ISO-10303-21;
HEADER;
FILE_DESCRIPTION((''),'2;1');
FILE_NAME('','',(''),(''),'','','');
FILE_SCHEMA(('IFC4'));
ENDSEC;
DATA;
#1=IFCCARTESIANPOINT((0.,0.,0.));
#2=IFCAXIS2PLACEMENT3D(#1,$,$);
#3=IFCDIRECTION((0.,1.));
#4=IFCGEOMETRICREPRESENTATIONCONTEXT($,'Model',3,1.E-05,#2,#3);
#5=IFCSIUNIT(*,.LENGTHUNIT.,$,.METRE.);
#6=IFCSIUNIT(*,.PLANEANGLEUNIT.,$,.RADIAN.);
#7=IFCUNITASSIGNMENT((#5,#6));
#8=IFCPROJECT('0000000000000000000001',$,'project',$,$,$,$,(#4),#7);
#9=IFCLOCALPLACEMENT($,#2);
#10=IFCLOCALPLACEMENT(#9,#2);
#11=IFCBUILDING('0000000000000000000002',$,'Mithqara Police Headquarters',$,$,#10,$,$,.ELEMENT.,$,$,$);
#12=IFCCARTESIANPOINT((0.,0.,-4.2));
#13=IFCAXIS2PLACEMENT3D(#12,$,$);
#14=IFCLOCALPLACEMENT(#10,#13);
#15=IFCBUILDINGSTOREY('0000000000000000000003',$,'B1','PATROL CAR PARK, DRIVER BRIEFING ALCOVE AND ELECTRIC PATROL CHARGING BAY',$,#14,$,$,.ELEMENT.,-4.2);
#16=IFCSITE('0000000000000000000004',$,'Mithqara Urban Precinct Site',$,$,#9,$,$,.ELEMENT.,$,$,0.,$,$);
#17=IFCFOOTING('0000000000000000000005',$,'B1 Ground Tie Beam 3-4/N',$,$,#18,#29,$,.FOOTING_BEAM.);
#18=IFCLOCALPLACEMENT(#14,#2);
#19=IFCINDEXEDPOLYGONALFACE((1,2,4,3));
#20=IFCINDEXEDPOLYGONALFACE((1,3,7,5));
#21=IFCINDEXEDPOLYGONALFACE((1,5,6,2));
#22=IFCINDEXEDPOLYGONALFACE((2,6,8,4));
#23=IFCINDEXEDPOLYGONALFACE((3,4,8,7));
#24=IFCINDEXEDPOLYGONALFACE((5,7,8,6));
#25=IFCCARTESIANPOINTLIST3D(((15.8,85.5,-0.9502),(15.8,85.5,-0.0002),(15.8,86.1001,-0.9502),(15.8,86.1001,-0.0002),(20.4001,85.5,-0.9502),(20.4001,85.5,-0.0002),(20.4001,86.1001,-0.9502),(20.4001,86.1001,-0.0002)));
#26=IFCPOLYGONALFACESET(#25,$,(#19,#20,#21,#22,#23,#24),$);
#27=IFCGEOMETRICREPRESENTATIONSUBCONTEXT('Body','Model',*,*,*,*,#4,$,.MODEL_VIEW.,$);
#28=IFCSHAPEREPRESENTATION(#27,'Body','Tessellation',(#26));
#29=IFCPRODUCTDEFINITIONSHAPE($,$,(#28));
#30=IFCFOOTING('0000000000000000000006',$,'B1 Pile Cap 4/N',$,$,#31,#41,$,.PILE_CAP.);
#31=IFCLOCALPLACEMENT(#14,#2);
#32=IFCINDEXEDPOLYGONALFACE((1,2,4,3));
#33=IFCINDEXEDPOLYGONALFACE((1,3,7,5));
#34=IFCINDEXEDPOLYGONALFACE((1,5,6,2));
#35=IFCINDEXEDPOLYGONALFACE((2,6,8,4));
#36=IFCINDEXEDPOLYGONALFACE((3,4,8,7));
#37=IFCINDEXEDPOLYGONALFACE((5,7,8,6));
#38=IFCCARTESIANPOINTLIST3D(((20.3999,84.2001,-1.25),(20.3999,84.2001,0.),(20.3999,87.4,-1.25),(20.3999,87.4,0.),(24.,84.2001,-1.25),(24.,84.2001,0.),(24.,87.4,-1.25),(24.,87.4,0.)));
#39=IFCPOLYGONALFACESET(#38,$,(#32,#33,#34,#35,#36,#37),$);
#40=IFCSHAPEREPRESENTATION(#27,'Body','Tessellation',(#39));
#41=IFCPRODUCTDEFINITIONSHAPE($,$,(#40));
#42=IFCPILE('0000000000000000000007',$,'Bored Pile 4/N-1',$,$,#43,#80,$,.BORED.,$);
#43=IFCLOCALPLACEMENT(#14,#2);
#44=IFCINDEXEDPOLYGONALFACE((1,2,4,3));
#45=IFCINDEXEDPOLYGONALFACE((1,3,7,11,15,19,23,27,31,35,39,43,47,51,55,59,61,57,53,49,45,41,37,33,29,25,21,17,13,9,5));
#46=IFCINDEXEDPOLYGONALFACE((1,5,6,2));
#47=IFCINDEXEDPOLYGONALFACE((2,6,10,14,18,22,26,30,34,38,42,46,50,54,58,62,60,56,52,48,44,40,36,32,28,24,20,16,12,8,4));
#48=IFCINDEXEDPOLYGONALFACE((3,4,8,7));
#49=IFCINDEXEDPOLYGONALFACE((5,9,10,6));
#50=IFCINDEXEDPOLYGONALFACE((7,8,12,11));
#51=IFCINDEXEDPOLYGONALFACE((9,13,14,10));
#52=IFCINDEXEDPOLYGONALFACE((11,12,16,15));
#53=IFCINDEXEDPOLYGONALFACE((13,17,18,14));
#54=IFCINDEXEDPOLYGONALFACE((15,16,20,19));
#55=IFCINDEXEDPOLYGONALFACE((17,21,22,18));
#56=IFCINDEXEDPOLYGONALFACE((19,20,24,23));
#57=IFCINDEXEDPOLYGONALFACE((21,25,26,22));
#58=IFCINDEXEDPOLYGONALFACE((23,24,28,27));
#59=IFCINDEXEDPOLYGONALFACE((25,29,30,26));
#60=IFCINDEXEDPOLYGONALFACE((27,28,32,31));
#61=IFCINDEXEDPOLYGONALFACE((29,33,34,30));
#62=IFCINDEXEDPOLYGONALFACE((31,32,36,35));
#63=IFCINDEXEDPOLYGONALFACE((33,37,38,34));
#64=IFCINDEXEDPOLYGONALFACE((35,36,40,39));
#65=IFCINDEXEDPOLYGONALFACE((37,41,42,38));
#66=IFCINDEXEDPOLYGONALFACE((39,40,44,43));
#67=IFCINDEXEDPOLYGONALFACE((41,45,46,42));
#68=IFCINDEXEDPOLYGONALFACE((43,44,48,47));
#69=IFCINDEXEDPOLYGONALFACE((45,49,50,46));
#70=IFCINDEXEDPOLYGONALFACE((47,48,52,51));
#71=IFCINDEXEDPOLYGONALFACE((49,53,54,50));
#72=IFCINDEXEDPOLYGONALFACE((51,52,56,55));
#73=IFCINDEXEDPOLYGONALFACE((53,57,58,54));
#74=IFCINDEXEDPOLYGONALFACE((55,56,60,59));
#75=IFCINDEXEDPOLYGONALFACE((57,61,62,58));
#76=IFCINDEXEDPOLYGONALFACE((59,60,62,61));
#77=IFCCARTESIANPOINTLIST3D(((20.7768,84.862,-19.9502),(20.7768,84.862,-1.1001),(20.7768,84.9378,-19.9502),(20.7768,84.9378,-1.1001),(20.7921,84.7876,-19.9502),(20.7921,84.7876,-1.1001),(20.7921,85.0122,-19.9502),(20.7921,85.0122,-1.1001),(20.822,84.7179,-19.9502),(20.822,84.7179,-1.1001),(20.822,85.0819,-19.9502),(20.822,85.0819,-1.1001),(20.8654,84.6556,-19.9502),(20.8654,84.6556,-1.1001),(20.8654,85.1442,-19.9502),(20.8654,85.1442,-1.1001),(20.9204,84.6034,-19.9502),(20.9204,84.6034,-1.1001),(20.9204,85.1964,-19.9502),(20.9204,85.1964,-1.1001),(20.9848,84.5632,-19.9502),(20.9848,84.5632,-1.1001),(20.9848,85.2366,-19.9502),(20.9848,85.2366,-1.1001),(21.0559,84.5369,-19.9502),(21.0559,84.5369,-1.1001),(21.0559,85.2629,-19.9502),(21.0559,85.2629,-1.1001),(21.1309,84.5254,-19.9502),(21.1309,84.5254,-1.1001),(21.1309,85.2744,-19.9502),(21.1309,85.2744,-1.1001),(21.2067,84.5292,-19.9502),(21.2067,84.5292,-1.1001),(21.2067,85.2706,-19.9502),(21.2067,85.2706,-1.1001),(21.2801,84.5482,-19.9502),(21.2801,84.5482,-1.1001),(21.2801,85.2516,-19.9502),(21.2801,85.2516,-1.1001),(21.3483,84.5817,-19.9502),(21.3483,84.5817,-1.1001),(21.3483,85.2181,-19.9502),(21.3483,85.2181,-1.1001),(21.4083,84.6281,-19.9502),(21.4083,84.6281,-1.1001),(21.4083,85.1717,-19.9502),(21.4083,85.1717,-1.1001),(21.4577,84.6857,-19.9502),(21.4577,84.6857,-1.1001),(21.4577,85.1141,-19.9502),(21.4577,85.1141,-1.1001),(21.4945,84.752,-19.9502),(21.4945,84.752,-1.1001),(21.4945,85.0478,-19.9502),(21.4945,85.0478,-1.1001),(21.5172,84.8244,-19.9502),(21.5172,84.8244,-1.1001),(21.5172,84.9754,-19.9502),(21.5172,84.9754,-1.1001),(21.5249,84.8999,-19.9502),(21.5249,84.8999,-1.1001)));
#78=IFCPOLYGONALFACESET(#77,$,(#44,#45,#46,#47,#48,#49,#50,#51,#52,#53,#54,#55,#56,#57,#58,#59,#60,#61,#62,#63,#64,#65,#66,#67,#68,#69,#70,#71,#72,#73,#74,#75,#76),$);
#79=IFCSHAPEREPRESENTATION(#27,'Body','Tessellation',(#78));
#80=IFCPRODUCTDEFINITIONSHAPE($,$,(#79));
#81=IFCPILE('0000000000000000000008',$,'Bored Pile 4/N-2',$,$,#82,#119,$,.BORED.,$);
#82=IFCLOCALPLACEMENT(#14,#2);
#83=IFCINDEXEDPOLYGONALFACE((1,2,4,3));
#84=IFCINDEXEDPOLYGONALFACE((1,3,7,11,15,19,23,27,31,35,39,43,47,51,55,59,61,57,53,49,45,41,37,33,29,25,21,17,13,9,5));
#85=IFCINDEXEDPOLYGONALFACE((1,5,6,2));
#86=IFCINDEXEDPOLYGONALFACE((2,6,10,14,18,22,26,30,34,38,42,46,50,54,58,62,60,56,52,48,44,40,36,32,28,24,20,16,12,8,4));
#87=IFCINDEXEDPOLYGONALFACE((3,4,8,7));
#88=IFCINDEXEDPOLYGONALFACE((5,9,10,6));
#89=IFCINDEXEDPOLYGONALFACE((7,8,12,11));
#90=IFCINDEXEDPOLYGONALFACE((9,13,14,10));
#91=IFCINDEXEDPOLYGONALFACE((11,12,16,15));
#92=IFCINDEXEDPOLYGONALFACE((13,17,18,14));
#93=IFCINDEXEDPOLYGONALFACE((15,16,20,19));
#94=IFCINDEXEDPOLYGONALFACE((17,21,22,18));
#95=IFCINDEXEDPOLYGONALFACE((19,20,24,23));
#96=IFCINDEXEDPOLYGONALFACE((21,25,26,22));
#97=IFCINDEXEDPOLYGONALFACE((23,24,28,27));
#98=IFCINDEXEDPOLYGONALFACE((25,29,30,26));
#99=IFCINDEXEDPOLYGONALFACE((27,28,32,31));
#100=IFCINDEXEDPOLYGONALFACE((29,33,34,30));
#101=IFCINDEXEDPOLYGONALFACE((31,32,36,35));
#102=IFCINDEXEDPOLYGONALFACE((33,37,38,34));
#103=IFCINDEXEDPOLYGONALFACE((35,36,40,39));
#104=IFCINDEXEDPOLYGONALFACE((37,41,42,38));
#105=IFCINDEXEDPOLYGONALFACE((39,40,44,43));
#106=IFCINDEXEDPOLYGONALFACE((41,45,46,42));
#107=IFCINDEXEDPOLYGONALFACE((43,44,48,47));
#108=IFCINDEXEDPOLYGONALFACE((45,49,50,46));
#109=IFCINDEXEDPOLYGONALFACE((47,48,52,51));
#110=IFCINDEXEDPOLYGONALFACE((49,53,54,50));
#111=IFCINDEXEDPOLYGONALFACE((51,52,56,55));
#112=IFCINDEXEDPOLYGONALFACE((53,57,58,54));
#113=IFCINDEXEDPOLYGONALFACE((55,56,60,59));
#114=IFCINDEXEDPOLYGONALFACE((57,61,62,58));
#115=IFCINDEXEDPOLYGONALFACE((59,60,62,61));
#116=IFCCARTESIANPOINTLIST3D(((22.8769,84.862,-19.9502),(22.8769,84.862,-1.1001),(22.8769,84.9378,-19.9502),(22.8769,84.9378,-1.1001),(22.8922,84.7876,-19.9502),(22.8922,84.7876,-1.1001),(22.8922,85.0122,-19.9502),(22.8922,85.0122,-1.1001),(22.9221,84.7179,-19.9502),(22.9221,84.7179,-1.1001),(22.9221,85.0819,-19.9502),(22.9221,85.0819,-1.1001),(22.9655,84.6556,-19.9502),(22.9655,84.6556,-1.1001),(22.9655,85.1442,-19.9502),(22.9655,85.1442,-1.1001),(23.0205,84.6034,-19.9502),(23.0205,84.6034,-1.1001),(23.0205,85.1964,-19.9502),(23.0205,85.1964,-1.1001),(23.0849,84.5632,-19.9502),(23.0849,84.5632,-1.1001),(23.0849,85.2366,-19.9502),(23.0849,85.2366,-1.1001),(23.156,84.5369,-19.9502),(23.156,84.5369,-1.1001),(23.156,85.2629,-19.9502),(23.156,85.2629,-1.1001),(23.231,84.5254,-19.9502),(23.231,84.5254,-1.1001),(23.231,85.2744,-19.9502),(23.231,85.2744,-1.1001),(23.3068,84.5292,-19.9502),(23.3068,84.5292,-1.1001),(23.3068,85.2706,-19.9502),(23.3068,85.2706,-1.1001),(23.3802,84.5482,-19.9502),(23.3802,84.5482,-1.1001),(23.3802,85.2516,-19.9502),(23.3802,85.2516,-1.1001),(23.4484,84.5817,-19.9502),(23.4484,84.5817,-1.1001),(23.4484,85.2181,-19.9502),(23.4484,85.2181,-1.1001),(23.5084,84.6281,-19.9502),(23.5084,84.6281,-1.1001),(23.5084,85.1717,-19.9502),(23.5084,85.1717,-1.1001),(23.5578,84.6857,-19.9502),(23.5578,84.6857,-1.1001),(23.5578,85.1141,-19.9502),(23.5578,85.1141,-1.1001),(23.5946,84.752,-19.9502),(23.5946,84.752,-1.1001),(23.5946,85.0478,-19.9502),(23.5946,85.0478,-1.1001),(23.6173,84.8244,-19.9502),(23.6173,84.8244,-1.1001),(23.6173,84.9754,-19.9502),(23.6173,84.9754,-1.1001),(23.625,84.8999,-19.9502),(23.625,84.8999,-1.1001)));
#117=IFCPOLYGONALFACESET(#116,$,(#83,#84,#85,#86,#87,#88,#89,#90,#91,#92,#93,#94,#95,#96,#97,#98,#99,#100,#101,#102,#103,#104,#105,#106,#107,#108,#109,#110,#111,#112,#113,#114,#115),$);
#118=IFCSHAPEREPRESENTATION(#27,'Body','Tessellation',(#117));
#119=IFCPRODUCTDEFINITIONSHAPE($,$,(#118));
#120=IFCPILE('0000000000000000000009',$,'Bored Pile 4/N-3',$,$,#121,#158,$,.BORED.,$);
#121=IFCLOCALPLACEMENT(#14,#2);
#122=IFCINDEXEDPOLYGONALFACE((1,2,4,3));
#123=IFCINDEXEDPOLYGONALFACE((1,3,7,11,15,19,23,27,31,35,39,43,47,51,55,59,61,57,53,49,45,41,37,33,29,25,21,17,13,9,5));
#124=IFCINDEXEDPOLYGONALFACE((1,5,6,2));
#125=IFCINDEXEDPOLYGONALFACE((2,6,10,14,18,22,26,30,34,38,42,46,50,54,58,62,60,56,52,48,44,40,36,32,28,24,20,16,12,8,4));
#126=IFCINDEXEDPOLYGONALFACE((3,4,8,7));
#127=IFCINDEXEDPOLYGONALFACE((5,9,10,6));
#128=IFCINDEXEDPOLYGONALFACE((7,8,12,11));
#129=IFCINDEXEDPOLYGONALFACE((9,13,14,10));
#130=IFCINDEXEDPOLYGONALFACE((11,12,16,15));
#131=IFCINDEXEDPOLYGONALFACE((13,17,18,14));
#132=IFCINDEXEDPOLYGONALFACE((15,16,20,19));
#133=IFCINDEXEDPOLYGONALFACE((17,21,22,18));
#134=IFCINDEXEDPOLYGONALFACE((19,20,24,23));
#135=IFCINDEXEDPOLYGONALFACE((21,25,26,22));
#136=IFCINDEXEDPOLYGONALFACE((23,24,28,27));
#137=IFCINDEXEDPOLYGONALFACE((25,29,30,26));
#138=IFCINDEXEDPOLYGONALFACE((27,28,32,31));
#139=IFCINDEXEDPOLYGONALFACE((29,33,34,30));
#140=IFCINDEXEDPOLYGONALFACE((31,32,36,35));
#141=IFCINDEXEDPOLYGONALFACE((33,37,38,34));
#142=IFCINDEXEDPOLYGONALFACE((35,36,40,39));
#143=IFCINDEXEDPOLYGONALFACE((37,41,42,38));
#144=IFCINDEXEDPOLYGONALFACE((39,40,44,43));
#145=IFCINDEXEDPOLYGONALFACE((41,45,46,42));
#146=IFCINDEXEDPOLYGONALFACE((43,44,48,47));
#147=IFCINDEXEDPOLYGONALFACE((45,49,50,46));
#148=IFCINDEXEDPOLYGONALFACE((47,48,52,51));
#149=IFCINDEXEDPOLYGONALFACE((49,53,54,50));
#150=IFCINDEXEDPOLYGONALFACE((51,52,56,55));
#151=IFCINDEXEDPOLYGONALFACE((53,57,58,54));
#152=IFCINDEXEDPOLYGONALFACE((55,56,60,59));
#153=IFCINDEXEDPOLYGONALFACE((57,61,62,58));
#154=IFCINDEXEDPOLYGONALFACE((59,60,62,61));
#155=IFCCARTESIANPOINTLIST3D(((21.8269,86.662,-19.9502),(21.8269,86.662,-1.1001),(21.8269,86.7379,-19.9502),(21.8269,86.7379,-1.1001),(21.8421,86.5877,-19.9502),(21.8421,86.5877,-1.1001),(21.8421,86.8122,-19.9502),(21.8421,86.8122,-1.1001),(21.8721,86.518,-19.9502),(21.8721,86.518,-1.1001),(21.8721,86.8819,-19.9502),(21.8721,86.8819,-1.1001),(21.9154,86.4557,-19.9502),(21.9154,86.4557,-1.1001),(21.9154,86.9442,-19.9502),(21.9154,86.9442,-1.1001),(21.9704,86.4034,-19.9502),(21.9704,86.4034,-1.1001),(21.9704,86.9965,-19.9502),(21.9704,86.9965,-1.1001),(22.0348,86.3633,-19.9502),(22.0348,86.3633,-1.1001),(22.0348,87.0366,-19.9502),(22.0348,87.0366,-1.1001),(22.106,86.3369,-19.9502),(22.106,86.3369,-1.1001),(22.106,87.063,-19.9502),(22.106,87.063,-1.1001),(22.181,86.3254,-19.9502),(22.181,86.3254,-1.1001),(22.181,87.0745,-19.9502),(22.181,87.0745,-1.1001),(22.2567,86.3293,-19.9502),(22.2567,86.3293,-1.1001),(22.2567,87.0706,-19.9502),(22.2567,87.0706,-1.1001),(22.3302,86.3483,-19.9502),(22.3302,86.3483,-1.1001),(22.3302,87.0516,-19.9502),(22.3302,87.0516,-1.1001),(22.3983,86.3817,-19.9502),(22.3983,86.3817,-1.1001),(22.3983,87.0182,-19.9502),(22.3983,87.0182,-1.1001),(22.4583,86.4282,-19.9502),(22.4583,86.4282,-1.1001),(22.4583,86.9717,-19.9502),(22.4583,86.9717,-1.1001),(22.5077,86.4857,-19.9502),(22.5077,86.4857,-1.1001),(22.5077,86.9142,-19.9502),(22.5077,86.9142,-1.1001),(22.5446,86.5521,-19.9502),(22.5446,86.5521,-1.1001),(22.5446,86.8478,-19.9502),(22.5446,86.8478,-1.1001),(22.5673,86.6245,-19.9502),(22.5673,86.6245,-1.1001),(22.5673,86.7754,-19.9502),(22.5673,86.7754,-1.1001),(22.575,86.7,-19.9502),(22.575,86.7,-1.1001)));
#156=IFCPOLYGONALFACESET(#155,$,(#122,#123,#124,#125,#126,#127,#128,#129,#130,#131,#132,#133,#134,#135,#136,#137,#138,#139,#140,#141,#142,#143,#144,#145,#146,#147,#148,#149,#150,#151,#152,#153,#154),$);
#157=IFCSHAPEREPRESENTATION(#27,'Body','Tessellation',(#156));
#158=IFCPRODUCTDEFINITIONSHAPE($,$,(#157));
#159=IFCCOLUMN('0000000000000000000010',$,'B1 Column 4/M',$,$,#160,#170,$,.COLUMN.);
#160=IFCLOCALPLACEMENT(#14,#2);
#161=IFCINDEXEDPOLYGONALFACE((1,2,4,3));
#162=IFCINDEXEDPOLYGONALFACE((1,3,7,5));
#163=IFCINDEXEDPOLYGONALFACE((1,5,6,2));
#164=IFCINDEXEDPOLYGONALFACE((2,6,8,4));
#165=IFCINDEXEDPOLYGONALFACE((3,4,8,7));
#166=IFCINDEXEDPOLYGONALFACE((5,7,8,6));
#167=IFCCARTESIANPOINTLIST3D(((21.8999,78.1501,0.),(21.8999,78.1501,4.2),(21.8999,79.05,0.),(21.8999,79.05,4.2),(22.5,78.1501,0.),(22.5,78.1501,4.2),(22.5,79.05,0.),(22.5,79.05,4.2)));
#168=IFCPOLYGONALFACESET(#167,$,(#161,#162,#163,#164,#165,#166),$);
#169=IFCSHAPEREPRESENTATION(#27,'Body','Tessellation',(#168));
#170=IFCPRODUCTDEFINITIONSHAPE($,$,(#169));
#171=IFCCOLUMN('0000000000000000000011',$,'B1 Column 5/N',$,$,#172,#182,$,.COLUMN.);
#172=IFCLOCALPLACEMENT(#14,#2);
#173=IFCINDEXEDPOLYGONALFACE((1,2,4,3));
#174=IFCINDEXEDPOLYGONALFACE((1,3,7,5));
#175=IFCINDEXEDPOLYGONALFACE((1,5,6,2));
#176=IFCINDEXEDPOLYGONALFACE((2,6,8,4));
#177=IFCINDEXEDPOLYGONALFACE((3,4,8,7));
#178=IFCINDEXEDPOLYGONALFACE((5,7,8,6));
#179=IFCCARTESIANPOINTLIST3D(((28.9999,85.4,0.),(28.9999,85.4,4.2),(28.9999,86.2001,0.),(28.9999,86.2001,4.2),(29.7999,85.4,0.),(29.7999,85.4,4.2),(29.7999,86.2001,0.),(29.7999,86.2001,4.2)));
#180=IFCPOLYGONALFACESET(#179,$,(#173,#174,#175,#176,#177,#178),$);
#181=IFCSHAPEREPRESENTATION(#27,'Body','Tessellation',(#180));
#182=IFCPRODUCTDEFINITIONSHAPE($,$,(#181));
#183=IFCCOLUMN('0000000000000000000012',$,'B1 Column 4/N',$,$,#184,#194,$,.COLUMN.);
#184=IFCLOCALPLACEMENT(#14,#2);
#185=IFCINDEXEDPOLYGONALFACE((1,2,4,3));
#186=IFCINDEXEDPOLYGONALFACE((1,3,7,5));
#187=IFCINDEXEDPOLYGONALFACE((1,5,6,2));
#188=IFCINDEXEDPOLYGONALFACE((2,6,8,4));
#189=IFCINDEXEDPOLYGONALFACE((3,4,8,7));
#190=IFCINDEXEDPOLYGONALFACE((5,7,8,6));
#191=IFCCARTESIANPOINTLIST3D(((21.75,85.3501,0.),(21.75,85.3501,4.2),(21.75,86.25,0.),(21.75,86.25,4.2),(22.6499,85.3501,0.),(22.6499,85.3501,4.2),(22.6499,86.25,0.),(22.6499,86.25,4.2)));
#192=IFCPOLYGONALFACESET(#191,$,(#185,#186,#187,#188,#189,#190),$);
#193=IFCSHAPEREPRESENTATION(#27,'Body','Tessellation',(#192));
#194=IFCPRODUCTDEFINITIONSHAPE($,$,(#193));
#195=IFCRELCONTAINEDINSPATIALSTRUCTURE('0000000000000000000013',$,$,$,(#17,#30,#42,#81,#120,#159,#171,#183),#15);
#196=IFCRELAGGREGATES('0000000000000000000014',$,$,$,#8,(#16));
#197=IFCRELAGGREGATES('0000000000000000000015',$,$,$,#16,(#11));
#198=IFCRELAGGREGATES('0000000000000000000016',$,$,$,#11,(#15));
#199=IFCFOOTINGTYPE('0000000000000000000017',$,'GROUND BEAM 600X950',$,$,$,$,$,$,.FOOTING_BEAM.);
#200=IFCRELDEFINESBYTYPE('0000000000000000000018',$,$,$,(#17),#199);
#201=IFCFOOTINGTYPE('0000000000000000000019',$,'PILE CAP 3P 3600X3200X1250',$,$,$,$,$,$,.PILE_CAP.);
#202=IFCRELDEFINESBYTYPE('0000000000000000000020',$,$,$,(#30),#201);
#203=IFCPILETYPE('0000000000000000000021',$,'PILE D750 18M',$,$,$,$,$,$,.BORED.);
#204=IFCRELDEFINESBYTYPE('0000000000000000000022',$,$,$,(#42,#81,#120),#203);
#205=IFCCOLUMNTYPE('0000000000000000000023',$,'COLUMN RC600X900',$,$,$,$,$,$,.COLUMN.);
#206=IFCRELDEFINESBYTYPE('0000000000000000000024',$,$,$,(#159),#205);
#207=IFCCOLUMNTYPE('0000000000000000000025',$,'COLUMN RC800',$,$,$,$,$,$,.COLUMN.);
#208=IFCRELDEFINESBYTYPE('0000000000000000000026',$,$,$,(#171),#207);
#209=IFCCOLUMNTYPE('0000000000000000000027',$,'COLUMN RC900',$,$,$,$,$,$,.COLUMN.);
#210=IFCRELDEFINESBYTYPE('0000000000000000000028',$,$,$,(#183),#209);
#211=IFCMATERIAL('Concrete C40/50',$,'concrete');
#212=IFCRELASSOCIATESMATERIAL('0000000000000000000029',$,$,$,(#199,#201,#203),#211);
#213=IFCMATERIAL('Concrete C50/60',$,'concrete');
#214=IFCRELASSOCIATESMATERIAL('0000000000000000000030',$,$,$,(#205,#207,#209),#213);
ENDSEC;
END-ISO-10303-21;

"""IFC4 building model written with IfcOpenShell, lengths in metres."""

from ifc_helpers import new_model, si_unit, direction, frame, origin, origin_2d, place, context, subcontext, project, spatial, rectangle, circle, extrude, material, material_profile, profile_set, type_object, element, save


model = new_model("IFC4")

# Units and contexts
model_context = context("Model", 3, precision=1e-05, world=origin(), true_north=direction((0.0, 1.0)))
body_context = subcontext(model_context, "Body", "Model", "MODEL_VIEW")
ifc_project = project(units=[si_unit("LENGTHUNIT", "METRE"), si_unit("PLANEANGLEUNIT", "RADIAN")], contexts=[model_context])

# Site, building, storey
site_placement = place(None, origin())
site = spatial("IfcSite", under=ifc_project, at=site_placement, Name="Mithqara Urban Precinct Site", CompositionType="ELEMENT", RefElevation=0.0)
building_placement = place(site_placement, origin())
building = spatial("IfcBuilding", under=site, at=building_placement, Name="Mithqara Police Headquarters", CompositionType="ELEMENT")
storey_placement = place(building_placement, frame((0.0, 0.0, -4.2)))
storey = spatial("IfcBuildingStorey", under=building, at=storey_placement, Name="B1", Description="PATROL CAR PARK, DRIVER BRIEFING ALCOVE AND ELECTRIC PATROL CHARGING BAY", CompositionType="ELEMENT", Elevation=-4.2)

# Footings
ifc_material_1 = material(Name="Concrete C40/50", Category="concrete")
footing_type_1 = type_object("IfcFootingType", Name="GROUND BEAM 600X950", PredefinedType="FOOTING_BEAM", material=ifc_material_1)
footing_1_placement = place(storey_placement, frame((18.1001, 85.8, -0.9502), z_axis=(0.0, 0.0, 1.0), x_axis=(1.0, 0.0, 0.0)))
element("IfcFooting", 1, at=footing_1_placement, inside=storey, type_object=footing_type_1, Name="B1 Ground Tie Beam 3-4/N", PredefinedType="FOOTING_BEAM", context=body_context, shape_type="SweptSolid", body=[
    extrude(rectangle(XDim=4.6001, YDim=0.6001, at=origin_2d()), origin(), (0.0, 0.0, 1.0), 0.95),
])
footing_type_2 = type_object("IfcFootingType", Name="PILE CAP 3P 3600X3200X1250", PredefinedType="PILE_CAP", material=ifc_material_1)
footing_2_placement = place(storey_placement, frame((22.2, 85.8, -1.25), z_axis=(0.0, 0.0, 1.0), x_axis=(1.0, 0.0, 0.0)))
element("IfcFooting", 2, at=footing_2_placement, inside=storey, type_object=footing_type_2, Name="B1 Pile Cap 4/N", PredefinedType="PILE_CAP", context=body_context, shape_type="SweptSolid", body=[
    extrude(rectangle(XDim=3.6001, YDim=3.2, at=origin_2d()), origin(), (0.0, 0.0, 1.0), 1.25),
])

# Piles
ifc_material_profile_1 = material_profile(ifc_material_1, circle(Radius=0.375, at=origin_2d()), Name="PILE D750")
ifc_profile_set_1 = profile_set([ifc_material_profile_1], Name="Concrete C40/50")
pile_type = type_object("IfcPileType", Name="PILE D750 18M", PredefinedType="BORED", material=ifc_profile_set_1)
for number, where, z_axis, x_axis, name in (
    (3, (21.1499, 84.8999, -1.1001), (0.0, 0.0, -1.0), (1.0, 0.0, 0.0), "Bored Pile 4/N-1"),
    (4, (23.25, 84.8999, -1.1001), (0.0, 0.0, -1.0), (1.0, 0.0, 0.0), "Bored Pile 4/N-2"),
    (5, (22.2, 86.7, -1.1001), (0.0, 0.0, -1.0), (1.0, 0.0, 0.0), "Bored Pile 4/N-3"),
):
    element("IfcPile", number, at=place(storey_placement, frame(where, z_axis=z_axis, x_axis=x_axis)), inside=storey, type_object=pile_type, Name=name, PredefinedType="BORED", context=body_context, shape_type="SweptSolid", body=[
        extrude(circle(Radius=0.375, at=origin_2d()), origin(), (0.0, 0.0, 1.0), 18.8501),
    ])

# Columns
ifc_material_2 = material(Name="Concrete C50/60", Category="concrete")
ifc_material_profile_2 = material_profile(ifc_material_2, rectangle(XDim=0.6001, YDim=0.8999, at=origin_2d()), Name="RC 600x900")
ifc_profile_set_2 = profile_set([ifc_material_profile_2], Name="Concrete C50/60")
column_type_1 = type_object("IfcColumnType", Name="COLUMN RC600X900", PredefinedType="COLUMN", material=ifc_profile_set_2)
column_1_placement = place(storey_placement, frame((22.2, 78.6001, 0.0), z_axis=(0.0, 0.0, 1.0), x_axis=(1.0, 0.0, 0.0)))
element("IfcColumn", 6, at=column_1_placement, inside=storey, type_object=column_type_1, Name="B1 Column 4/M", PredefinedType="COLUMN", context=body_context, shape_type="SweptSolid", body=[
    extrude(rectangle(XDim=0.6001, YDim=0.8999, at=origin_2d()), origin(), (0.0, 0.0, 1.0), 4.2),
])
ifc_material_profile_3 = material_profile(ifc_material_2, rectangle(XDim=0.8, YDim=0.8, at=origin_2d()), Name="RC 800x800")
ifc_profile_set_3 = profile_set([ifc_material_profile_3], Name="Concrete C50/60")
column_type_2 = type_object("IfcColumnType", Name="COLUMN RC800", PredefinedType="COLUMN", material=ifc_profile_set_3)
column_2_placement = place(storey_placement, frame((29.3999, 85.8, 0.0), z_axis=(0.0, 0.0, 1.0), x_axis=(1.0, 0.0, 0.0)))
element("IfcColumn", 7, at=column_2_placement, inside=storey, type_object=column_type_2, Name="B1 Column 5/N", PredefinedType="COLUMN", context=body_context, shape_type="SweptSolid", body=[
    extrude(rectangle(XDim=0.8, YDim=0.8, at=origin_2d()), origin(), (0.0, 0.0, 1.0), 4.2),
])
ifc_material_profile_4 = material_profile(ifc_material_2, rectangle(XDim=0.8999, YDim=0.8999, at=origin_2d()), Name="RC 900x900")
ifc_profile_set_4 = profile_set([ifc_material_profile_4], Name="Concrete C50/60")
column_type_3 = type_object("IfcColumnType", Name="COLUMN RC900", PredefinedType="COLUMN", material=ifc_profile_set_4)
for number, where, z_axis, x_axis, name in (
    (8, (22.2, 85.8, 0.0), (0.0, 0.0, 1.0), (1.0, 0.0, 0.0), "B1 Column 4/N"),
):
    element("IfcColumn", number, at=place(storey_placement, frame(where, z_axis=z_axis, x_axis=x_axis)), inside=storey, type_object=column_type_3, Name=name, PredefinedType="COLUMN", context=body_context, shape_type="SweptSolid", body=[
        extrude(rectangle(XDim=0.8999, YDim=0.8999, at=origin_2d()), origin(), (0.0, 0.0, 1.0), 4.2),
    ])

save(model, "model.ifc")
